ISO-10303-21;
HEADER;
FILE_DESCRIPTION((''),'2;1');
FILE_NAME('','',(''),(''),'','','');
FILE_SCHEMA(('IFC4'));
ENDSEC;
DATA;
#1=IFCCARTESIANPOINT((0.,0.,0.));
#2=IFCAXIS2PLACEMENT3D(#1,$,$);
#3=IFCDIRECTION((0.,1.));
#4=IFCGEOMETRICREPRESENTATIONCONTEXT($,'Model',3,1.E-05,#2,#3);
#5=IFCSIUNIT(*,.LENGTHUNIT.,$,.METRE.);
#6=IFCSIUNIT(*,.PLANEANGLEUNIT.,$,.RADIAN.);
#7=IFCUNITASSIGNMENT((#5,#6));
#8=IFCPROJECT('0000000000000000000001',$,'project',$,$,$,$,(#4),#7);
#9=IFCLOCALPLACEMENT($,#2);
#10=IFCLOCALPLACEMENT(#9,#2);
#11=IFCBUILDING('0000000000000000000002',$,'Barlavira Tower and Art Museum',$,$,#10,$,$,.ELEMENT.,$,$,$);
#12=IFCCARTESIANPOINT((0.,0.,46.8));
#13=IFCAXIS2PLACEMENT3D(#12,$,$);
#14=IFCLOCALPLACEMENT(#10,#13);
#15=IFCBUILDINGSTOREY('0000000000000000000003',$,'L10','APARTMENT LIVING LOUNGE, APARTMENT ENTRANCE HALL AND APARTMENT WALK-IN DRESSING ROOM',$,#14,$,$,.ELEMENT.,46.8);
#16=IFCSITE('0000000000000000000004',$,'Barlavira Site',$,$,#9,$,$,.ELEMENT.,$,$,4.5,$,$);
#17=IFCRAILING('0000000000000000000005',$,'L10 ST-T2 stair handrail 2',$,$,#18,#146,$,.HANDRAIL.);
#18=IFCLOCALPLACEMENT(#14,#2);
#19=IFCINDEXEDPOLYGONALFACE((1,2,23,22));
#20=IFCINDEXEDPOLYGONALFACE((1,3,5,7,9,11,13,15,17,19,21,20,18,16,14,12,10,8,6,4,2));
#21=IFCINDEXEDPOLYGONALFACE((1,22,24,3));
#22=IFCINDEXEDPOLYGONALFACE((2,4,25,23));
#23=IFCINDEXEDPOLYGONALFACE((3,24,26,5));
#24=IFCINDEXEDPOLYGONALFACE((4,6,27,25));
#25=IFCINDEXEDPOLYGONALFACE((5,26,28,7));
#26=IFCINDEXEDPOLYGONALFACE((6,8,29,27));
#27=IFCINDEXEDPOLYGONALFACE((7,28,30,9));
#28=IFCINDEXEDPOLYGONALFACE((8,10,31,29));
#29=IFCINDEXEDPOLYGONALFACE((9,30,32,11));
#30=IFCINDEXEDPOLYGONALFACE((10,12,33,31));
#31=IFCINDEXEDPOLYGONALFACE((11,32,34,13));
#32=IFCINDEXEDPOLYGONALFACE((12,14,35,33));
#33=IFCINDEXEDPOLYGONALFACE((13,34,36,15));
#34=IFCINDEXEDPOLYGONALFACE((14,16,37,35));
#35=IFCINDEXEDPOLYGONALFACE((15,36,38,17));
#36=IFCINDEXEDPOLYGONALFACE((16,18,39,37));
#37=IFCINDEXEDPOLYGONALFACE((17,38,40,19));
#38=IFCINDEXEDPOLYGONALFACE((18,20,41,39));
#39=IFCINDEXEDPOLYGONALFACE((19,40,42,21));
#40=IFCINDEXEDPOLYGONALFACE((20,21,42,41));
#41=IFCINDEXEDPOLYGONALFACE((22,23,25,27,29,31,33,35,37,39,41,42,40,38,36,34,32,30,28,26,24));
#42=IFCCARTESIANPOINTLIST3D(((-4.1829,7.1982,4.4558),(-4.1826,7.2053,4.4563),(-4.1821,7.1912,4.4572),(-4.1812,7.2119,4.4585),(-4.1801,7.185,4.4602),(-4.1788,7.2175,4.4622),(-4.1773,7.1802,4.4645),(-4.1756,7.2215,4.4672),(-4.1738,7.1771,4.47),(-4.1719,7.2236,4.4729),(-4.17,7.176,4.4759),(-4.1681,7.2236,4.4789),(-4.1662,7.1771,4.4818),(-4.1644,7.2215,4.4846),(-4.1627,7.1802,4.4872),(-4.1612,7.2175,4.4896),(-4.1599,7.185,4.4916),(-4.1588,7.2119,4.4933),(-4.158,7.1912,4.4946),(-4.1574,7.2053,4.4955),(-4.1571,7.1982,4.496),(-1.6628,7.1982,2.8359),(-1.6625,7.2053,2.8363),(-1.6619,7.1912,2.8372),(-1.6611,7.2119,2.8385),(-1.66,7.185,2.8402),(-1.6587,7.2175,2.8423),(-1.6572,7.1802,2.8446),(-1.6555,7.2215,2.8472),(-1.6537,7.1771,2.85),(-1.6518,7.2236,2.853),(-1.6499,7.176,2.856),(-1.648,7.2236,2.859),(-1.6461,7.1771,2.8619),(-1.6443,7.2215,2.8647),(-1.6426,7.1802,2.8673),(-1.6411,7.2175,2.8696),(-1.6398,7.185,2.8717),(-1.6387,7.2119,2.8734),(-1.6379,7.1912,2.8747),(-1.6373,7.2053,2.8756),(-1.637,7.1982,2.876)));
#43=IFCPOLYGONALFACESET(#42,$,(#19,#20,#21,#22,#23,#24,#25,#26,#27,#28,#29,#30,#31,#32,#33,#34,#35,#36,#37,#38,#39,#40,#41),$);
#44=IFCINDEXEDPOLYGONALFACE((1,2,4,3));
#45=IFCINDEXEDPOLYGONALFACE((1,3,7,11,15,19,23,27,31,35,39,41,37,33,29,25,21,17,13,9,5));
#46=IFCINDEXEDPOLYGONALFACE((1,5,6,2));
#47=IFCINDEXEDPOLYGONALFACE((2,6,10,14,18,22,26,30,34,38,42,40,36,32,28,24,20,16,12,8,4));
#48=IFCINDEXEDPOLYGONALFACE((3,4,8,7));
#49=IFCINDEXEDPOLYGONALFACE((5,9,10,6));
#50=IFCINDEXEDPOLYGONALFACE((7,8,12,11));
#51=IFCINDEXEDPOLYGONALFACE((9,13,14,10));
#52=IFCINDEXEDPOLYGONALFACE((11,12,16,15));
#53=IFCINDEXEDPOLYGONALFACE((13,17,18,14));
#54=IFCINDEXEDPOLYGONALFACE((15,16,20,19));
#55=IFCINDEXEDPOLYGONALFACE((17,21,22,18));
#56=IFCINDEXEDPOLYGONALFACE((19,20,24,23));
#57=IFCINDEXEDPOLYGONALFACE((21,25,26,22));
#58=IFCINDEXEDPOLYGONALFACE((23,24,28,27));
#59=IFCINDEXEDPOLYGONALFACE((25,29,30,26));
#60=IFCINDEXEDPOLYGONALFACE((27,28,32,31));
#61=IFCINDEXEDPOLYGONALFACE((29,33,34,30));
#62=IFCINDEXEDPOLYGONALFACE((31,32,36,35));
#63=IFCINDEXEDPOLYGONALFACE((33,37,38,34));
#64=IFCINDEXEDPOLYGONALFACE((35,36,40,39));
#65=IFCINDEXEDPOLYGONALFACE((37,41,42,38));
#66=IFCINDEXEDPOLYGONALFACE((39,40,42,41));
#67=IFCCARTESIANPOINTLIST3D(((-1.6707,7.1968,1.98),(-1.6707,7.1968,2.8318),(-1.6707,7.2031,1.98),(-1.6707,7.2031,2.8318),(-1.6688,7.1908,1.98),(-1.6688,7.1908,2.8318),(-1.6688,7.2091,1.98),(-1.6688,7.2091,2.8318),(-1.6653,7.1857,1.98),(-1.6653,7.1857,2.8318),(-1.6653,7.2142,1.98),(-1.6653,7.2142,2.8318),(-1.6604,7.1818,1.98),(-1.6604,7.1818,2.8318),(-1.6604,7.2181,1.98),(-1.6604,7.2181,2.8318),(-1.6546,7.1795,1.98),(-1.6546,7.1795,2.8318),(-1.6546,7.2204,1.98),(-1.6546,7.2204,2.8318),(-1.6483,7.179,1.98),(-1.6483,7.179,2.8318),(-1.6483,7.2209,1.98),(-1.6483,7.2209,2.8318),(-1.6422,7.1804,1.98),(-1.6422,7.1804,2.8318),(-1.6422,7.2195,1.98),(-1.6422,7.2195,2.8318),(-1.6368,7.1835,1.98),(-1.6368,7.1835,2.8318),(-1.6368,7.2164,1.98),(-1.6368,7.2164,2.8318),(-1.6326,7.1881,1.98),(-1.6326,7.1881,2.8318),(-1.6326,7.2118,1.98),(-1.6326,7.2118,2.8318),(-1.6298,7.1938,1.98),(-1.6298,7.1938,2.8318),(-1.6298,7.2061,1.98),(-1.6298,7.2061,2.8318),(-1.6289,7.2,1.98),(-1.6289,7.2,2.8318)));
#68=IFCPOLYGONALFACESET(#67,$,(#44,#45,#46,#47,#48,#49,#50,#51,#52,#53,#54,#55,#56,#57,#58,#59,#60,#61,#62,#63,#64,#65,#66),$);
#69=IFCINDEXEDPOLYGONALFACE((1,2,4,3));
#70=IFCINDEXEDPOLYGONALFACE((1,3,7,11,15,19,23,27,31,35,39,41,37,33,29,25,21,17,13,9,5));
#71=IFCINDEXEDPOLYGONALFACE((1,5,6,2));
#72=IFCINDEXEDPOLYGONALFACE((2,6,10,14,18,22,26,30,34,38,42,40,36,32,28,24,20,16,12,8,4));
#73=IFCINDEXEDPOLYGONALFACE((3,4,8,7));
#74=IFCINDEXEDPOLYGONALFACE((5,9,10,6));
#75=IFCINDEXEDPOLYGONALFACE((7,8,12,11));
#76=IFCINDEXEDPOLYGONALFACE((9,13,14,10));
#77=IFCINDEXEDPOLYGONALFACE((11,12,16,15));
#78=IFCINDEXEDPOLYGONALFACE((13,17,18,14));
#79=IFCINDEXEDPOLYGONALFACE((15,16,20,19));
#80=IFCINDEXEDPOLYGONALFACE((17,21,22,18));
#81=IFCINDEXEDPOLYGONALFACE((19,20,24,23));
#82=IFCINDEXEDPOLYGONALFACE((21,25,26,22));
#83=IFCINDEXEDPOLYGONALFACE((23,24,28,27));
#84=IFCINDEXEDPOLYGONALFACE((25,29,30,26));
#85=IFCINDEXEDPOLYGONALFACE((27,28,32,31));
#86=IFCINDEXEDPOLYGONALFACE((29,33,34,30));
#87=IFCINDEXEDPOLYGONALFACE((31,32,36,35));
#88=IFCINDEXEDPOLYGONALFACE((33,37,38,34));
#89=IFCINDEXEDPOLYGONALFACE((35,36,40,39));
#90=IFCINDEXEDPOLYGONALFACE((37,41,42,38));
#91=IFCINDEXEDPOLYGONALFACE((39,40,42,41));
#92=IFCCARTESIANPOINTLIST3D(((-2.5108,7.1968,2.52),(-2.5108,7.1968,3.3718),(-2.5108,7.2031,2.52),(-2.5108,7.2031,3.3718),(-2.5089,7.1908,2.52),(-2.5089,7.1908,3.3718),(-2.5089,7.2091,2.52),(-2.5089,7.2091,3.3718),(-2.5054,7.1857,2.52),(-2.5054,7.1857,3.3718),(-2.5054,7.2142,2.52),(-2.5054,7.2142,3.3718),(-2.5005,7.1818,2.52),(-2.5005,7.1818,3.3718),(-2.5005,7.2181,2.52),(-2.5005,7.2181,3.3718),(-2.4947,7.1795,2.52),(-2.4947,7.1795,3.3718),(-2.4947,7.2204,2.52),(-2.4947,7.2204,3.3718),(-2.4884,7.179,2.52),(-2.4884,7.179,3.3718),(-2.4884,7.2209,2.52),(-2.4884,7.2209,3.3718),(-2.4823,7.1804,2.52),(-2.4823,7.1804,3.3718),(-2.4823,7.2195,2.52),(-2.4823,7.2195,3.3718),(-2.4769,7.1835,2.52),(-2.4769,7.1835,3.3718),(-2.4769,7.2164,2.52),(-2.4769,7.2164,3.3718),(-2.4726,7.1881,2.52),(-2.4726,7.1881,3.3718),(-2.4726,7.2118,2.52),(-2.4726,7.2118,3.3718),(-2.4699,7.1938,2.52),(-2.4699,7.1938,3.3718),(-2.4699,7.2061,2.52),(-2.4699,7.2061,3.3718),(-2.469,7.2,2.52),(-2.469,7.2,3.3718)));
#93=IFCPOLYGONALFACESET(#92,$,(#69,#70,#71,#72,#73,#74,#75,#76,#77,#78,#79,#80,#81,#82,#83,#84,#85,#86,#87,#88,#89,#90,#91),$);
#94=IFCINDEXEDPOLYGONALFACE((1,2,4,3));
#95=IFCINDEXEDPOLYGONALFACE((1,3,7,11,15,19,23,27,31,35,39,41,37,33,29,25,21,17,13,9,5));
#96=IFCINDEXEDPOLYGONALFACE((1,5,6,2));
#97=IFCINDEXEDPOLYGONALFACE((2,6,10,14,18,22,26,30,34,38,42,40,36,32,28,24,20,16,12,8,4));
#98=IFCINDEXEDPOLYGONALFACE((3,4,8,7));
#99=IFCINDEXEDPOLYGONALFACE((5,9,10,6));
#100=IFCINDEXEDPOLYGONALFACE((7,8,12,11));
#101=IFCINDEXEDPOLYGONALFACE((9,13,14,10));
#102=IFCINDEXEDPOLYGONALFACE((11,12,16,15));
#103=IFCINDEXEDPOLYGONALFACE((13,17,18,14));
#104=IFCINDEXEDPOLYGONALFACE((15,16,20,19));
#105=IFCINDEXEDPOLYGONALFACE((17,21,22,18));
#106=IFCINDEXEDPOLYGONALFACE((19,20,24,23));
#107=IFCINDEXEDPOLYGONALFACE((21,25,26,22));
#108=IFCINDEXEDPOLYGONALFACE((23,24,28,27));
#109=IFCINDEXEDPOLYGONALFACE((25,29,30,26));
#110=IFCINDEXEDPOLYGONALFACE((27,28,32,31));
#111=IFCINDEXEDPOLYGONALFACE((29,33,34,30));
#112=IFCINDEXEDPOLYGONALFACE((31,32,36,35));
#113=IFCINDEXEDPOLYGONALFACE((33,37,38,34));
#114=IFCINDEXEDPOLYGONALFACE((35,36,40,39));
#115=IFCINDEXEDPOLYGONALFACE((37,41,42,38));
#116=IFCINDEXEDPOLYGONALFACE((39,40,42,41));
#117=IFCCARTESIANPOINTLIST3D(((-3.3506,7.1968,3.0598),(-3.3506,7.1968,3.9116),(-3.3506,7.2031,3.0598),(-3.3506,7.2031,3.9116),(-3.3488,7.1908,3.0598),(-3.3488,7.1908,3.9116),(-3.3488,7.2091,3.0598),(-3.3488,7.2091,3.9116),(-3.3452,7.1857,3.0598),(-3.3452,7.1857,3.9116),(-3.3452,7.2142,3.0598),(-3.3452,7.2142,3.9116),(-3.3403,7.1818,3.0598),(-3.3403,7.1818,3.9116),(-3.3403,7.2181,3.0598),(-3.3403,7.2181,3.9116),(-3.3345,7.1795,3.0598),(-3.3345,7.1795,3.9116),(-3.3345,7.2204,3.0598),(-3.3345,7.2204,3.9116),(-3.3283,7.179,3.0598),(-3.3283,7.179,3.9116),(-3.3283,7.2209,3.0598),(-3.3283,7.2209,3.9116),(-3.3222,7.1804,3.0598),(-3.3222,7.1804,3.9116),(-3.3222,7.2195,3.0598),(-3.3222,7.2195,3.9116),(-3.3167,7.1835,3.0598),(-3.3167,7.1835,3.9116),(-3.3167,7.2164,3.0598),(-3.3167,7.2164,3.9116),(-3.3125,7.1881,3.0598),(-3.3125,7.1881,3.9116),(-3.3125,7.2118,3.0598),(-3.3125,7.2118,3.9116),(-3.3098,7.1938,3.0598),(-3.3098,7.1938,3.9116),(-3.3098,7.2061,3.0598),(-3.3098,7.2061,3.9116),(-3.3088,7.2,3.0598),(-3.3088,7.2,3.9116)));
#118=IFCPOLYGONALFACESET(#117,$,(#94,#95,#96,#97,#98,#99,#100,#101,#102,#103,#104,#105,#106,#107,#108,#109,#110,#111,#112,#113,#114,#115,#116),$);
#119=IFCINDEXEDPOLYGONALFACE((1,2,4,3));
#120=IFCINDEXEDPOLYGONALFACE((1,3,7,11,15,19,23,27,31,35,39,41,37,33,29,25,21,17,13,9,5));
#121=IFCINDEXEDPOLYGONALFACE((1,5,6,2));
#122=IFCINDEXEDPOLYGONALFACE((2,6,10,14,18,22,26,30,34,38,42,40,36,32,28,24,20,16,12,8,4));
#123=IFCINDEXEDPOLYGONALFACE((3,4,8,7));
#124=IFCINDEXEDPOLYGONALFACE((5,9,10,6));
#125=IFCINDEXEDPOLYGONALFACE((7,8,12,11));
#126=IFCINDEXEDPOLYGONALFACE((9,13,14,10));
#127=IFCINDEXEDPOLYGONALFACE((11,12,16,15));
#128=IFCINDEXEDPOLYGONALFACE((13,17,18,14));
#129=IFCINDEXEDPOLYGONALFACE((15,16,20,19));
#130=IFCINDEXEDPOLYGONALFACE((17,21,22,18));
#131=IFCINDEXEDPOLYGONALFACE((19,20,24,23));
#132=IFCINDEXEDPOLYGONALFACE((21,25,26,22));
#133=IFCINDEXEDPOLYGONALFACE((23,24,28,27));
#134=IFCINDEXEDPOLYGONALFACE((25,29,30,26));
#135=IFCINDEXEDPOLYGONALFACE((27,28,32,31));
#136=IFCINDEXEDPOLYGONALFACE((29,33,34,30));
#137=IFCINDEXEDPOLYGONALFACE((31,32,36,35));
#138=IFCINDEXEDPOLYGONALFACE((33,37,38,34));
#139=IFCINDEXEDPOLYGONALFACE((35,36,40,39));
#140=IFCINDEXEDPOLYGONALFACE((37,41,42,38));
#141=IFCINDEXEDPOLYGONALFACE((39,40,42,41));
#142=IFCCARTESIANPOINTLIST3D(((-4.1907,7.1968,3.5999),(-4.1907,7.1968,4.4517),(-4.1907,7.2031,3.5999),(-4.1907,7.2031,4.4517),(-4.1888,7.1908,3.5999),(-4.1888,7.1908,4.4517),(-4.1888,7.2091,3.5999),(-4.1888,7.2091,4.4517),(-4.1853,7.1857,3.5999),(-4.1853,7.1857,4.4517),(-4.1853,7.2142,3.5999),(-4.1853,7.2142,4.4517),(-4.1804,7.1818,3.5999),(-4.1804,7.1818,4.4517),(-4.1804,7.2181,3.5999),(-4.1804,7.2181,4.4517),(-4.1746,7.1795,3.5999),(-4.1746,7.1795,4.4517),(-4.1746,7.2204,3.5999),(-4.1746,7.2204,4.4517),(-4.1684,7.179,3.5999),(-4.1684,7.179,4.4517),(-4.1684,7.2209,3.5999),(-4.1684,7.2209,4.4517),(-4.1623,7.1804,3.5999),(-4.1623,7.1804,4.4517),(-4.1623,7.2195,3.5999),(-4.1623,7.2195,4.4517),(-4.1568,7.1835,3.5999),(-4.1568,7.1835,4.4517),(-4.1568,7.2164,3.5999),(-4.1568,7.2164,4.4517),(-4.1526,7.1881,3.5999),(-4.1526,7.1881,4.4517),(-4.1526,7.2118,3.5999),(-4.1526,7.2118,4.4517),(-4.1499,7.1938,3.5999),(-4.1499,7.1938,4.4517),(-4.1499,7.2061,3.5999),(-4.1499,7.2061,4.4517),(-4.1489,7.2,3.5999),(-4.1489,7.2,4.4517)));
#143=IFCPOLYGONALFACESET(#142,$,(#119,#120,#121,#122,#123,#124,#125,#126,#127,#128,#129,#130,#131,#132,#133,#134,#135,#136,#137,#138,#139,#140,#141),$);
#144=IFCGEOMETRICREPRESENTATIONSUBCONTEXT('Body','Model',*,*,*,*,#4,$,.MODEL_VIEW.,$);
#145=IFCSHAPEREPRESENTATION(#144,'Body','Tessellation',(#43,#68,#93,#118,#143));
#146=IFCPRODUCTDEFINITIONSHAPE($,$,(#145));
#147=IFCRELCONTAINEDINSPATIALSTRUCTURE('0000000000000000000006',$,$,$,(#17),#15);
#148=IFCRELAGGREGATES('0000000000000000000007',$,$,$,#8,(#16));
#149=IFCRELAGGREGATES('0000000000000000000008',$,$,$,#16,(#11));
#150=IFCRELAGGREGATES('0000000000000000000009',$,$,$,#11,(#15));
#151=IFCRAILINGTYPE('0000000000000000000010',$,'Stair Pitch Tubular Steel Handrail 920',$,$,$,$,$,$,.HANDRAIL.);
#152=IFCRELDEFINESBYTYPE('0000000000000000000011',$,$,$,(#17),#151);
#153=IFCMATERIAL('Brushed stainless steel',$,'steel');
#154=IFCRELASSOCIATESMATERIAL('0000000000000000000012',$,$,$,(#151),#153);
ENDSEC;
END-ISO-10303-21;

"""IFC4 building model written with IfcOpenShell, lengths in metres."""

from ifc_helpers import new_model, si_unit, direction, frame, origin, origin_2d, place, context, subcontext, project, spatial, circle, extrude, material, type_object, element, save


model = new_model("IFC4")

# Units and contexts
model_context = context("Model", 3, precision=1e-05, world=origin(), true_north=direction((0.0, 1.0)))
body_context = subcontext(model_context, "Body", "Model", "MODEL_VIEW")
ifc_project = project(units=[si_unit("LENGTHUNIT", "METRE"), si_unit("PLANEANGLEUNIT", "RADIAN")], contexts=[model_context])

# Site, building, storey
site_placement = place(None, origin())
site = spatial("IfcSite", under=ifc_project, at=site_placement, Name="Barlavira Site", CompositionType="ELEMENT", RefElevation=4.5)
building_placement = place(site_placement, origin())
building = spatial("IfcBuilding", under=site, at=building_placement, Name="Barlavira Tower and Art Museum", CompositionType="ELEMENT")
storey_placement = place(building_placement, frame((0.0, 0.0, 46.8)))
storey = spatial("IfcBuildingStorey", under=building, at=storey_placement, Name="L10", Description="APARTMENT LIVING LOUNGE, APARTMENT ENTRANCE HALL AND APARTMENT WALK-IN DRESSING ROOM", CompositionType="ELEMENT", Elevation=46.8)

# Shared definitions
ifc_material_1 = material(Name="Brushed stainless steel", Category="steel")

# Railing
railing_type_1 = type_object("IfcRailingType", Name="Stair Pitch Tubular Steel Handrail 920", PredefinedType="HANDRAIL", material=ifc_material_1)
railing_1_placement = place(storey_placement, frame((-1.6499, 7.2, 1.98)))
element("IfcRailing", 1, at=railing_1_placement, inside=storey, type_object=railing_type_1, Name="L10 ST-T2 stair handrail 2", PredefinedType="HANDRAIL", context=body_context, shape_type="SweptSolid", body=[
    extrude(circle(Radius=0.0239, at=origin_2d()), frame((0.0, 0.0, 0.876), z_axis=(-0.8412, 0.0, 0.540725), x_axis=(0.0, -1.0, 0.0)), (0.0, 0.0, 1.0), 2.9958),
    extrude(circle(Radius=0.021, at=origin_2d()), origin(), (0.0, 0.0, 1.0), 0.8518),
    extrude(circle(Radius=0.021, at=origin_2d()), frame((-0.8401, 0.0, 0.54)), (0.0, 0.0, 1.0), 0.8518),
    extrude(circle(Radius=0.021, at=origin_2d()), frame((-1.6799, 0.0, 1.0798)), (0.0, 0.0, 1.0), 0.8518),
    extrude(circle(Radius=0.021, at=origin_2d()), frame((-2.52, 0.0, 1.6199)), (0.0, 0.0, 1.0), 0.8518),
])

save(model, "model.ifc")
